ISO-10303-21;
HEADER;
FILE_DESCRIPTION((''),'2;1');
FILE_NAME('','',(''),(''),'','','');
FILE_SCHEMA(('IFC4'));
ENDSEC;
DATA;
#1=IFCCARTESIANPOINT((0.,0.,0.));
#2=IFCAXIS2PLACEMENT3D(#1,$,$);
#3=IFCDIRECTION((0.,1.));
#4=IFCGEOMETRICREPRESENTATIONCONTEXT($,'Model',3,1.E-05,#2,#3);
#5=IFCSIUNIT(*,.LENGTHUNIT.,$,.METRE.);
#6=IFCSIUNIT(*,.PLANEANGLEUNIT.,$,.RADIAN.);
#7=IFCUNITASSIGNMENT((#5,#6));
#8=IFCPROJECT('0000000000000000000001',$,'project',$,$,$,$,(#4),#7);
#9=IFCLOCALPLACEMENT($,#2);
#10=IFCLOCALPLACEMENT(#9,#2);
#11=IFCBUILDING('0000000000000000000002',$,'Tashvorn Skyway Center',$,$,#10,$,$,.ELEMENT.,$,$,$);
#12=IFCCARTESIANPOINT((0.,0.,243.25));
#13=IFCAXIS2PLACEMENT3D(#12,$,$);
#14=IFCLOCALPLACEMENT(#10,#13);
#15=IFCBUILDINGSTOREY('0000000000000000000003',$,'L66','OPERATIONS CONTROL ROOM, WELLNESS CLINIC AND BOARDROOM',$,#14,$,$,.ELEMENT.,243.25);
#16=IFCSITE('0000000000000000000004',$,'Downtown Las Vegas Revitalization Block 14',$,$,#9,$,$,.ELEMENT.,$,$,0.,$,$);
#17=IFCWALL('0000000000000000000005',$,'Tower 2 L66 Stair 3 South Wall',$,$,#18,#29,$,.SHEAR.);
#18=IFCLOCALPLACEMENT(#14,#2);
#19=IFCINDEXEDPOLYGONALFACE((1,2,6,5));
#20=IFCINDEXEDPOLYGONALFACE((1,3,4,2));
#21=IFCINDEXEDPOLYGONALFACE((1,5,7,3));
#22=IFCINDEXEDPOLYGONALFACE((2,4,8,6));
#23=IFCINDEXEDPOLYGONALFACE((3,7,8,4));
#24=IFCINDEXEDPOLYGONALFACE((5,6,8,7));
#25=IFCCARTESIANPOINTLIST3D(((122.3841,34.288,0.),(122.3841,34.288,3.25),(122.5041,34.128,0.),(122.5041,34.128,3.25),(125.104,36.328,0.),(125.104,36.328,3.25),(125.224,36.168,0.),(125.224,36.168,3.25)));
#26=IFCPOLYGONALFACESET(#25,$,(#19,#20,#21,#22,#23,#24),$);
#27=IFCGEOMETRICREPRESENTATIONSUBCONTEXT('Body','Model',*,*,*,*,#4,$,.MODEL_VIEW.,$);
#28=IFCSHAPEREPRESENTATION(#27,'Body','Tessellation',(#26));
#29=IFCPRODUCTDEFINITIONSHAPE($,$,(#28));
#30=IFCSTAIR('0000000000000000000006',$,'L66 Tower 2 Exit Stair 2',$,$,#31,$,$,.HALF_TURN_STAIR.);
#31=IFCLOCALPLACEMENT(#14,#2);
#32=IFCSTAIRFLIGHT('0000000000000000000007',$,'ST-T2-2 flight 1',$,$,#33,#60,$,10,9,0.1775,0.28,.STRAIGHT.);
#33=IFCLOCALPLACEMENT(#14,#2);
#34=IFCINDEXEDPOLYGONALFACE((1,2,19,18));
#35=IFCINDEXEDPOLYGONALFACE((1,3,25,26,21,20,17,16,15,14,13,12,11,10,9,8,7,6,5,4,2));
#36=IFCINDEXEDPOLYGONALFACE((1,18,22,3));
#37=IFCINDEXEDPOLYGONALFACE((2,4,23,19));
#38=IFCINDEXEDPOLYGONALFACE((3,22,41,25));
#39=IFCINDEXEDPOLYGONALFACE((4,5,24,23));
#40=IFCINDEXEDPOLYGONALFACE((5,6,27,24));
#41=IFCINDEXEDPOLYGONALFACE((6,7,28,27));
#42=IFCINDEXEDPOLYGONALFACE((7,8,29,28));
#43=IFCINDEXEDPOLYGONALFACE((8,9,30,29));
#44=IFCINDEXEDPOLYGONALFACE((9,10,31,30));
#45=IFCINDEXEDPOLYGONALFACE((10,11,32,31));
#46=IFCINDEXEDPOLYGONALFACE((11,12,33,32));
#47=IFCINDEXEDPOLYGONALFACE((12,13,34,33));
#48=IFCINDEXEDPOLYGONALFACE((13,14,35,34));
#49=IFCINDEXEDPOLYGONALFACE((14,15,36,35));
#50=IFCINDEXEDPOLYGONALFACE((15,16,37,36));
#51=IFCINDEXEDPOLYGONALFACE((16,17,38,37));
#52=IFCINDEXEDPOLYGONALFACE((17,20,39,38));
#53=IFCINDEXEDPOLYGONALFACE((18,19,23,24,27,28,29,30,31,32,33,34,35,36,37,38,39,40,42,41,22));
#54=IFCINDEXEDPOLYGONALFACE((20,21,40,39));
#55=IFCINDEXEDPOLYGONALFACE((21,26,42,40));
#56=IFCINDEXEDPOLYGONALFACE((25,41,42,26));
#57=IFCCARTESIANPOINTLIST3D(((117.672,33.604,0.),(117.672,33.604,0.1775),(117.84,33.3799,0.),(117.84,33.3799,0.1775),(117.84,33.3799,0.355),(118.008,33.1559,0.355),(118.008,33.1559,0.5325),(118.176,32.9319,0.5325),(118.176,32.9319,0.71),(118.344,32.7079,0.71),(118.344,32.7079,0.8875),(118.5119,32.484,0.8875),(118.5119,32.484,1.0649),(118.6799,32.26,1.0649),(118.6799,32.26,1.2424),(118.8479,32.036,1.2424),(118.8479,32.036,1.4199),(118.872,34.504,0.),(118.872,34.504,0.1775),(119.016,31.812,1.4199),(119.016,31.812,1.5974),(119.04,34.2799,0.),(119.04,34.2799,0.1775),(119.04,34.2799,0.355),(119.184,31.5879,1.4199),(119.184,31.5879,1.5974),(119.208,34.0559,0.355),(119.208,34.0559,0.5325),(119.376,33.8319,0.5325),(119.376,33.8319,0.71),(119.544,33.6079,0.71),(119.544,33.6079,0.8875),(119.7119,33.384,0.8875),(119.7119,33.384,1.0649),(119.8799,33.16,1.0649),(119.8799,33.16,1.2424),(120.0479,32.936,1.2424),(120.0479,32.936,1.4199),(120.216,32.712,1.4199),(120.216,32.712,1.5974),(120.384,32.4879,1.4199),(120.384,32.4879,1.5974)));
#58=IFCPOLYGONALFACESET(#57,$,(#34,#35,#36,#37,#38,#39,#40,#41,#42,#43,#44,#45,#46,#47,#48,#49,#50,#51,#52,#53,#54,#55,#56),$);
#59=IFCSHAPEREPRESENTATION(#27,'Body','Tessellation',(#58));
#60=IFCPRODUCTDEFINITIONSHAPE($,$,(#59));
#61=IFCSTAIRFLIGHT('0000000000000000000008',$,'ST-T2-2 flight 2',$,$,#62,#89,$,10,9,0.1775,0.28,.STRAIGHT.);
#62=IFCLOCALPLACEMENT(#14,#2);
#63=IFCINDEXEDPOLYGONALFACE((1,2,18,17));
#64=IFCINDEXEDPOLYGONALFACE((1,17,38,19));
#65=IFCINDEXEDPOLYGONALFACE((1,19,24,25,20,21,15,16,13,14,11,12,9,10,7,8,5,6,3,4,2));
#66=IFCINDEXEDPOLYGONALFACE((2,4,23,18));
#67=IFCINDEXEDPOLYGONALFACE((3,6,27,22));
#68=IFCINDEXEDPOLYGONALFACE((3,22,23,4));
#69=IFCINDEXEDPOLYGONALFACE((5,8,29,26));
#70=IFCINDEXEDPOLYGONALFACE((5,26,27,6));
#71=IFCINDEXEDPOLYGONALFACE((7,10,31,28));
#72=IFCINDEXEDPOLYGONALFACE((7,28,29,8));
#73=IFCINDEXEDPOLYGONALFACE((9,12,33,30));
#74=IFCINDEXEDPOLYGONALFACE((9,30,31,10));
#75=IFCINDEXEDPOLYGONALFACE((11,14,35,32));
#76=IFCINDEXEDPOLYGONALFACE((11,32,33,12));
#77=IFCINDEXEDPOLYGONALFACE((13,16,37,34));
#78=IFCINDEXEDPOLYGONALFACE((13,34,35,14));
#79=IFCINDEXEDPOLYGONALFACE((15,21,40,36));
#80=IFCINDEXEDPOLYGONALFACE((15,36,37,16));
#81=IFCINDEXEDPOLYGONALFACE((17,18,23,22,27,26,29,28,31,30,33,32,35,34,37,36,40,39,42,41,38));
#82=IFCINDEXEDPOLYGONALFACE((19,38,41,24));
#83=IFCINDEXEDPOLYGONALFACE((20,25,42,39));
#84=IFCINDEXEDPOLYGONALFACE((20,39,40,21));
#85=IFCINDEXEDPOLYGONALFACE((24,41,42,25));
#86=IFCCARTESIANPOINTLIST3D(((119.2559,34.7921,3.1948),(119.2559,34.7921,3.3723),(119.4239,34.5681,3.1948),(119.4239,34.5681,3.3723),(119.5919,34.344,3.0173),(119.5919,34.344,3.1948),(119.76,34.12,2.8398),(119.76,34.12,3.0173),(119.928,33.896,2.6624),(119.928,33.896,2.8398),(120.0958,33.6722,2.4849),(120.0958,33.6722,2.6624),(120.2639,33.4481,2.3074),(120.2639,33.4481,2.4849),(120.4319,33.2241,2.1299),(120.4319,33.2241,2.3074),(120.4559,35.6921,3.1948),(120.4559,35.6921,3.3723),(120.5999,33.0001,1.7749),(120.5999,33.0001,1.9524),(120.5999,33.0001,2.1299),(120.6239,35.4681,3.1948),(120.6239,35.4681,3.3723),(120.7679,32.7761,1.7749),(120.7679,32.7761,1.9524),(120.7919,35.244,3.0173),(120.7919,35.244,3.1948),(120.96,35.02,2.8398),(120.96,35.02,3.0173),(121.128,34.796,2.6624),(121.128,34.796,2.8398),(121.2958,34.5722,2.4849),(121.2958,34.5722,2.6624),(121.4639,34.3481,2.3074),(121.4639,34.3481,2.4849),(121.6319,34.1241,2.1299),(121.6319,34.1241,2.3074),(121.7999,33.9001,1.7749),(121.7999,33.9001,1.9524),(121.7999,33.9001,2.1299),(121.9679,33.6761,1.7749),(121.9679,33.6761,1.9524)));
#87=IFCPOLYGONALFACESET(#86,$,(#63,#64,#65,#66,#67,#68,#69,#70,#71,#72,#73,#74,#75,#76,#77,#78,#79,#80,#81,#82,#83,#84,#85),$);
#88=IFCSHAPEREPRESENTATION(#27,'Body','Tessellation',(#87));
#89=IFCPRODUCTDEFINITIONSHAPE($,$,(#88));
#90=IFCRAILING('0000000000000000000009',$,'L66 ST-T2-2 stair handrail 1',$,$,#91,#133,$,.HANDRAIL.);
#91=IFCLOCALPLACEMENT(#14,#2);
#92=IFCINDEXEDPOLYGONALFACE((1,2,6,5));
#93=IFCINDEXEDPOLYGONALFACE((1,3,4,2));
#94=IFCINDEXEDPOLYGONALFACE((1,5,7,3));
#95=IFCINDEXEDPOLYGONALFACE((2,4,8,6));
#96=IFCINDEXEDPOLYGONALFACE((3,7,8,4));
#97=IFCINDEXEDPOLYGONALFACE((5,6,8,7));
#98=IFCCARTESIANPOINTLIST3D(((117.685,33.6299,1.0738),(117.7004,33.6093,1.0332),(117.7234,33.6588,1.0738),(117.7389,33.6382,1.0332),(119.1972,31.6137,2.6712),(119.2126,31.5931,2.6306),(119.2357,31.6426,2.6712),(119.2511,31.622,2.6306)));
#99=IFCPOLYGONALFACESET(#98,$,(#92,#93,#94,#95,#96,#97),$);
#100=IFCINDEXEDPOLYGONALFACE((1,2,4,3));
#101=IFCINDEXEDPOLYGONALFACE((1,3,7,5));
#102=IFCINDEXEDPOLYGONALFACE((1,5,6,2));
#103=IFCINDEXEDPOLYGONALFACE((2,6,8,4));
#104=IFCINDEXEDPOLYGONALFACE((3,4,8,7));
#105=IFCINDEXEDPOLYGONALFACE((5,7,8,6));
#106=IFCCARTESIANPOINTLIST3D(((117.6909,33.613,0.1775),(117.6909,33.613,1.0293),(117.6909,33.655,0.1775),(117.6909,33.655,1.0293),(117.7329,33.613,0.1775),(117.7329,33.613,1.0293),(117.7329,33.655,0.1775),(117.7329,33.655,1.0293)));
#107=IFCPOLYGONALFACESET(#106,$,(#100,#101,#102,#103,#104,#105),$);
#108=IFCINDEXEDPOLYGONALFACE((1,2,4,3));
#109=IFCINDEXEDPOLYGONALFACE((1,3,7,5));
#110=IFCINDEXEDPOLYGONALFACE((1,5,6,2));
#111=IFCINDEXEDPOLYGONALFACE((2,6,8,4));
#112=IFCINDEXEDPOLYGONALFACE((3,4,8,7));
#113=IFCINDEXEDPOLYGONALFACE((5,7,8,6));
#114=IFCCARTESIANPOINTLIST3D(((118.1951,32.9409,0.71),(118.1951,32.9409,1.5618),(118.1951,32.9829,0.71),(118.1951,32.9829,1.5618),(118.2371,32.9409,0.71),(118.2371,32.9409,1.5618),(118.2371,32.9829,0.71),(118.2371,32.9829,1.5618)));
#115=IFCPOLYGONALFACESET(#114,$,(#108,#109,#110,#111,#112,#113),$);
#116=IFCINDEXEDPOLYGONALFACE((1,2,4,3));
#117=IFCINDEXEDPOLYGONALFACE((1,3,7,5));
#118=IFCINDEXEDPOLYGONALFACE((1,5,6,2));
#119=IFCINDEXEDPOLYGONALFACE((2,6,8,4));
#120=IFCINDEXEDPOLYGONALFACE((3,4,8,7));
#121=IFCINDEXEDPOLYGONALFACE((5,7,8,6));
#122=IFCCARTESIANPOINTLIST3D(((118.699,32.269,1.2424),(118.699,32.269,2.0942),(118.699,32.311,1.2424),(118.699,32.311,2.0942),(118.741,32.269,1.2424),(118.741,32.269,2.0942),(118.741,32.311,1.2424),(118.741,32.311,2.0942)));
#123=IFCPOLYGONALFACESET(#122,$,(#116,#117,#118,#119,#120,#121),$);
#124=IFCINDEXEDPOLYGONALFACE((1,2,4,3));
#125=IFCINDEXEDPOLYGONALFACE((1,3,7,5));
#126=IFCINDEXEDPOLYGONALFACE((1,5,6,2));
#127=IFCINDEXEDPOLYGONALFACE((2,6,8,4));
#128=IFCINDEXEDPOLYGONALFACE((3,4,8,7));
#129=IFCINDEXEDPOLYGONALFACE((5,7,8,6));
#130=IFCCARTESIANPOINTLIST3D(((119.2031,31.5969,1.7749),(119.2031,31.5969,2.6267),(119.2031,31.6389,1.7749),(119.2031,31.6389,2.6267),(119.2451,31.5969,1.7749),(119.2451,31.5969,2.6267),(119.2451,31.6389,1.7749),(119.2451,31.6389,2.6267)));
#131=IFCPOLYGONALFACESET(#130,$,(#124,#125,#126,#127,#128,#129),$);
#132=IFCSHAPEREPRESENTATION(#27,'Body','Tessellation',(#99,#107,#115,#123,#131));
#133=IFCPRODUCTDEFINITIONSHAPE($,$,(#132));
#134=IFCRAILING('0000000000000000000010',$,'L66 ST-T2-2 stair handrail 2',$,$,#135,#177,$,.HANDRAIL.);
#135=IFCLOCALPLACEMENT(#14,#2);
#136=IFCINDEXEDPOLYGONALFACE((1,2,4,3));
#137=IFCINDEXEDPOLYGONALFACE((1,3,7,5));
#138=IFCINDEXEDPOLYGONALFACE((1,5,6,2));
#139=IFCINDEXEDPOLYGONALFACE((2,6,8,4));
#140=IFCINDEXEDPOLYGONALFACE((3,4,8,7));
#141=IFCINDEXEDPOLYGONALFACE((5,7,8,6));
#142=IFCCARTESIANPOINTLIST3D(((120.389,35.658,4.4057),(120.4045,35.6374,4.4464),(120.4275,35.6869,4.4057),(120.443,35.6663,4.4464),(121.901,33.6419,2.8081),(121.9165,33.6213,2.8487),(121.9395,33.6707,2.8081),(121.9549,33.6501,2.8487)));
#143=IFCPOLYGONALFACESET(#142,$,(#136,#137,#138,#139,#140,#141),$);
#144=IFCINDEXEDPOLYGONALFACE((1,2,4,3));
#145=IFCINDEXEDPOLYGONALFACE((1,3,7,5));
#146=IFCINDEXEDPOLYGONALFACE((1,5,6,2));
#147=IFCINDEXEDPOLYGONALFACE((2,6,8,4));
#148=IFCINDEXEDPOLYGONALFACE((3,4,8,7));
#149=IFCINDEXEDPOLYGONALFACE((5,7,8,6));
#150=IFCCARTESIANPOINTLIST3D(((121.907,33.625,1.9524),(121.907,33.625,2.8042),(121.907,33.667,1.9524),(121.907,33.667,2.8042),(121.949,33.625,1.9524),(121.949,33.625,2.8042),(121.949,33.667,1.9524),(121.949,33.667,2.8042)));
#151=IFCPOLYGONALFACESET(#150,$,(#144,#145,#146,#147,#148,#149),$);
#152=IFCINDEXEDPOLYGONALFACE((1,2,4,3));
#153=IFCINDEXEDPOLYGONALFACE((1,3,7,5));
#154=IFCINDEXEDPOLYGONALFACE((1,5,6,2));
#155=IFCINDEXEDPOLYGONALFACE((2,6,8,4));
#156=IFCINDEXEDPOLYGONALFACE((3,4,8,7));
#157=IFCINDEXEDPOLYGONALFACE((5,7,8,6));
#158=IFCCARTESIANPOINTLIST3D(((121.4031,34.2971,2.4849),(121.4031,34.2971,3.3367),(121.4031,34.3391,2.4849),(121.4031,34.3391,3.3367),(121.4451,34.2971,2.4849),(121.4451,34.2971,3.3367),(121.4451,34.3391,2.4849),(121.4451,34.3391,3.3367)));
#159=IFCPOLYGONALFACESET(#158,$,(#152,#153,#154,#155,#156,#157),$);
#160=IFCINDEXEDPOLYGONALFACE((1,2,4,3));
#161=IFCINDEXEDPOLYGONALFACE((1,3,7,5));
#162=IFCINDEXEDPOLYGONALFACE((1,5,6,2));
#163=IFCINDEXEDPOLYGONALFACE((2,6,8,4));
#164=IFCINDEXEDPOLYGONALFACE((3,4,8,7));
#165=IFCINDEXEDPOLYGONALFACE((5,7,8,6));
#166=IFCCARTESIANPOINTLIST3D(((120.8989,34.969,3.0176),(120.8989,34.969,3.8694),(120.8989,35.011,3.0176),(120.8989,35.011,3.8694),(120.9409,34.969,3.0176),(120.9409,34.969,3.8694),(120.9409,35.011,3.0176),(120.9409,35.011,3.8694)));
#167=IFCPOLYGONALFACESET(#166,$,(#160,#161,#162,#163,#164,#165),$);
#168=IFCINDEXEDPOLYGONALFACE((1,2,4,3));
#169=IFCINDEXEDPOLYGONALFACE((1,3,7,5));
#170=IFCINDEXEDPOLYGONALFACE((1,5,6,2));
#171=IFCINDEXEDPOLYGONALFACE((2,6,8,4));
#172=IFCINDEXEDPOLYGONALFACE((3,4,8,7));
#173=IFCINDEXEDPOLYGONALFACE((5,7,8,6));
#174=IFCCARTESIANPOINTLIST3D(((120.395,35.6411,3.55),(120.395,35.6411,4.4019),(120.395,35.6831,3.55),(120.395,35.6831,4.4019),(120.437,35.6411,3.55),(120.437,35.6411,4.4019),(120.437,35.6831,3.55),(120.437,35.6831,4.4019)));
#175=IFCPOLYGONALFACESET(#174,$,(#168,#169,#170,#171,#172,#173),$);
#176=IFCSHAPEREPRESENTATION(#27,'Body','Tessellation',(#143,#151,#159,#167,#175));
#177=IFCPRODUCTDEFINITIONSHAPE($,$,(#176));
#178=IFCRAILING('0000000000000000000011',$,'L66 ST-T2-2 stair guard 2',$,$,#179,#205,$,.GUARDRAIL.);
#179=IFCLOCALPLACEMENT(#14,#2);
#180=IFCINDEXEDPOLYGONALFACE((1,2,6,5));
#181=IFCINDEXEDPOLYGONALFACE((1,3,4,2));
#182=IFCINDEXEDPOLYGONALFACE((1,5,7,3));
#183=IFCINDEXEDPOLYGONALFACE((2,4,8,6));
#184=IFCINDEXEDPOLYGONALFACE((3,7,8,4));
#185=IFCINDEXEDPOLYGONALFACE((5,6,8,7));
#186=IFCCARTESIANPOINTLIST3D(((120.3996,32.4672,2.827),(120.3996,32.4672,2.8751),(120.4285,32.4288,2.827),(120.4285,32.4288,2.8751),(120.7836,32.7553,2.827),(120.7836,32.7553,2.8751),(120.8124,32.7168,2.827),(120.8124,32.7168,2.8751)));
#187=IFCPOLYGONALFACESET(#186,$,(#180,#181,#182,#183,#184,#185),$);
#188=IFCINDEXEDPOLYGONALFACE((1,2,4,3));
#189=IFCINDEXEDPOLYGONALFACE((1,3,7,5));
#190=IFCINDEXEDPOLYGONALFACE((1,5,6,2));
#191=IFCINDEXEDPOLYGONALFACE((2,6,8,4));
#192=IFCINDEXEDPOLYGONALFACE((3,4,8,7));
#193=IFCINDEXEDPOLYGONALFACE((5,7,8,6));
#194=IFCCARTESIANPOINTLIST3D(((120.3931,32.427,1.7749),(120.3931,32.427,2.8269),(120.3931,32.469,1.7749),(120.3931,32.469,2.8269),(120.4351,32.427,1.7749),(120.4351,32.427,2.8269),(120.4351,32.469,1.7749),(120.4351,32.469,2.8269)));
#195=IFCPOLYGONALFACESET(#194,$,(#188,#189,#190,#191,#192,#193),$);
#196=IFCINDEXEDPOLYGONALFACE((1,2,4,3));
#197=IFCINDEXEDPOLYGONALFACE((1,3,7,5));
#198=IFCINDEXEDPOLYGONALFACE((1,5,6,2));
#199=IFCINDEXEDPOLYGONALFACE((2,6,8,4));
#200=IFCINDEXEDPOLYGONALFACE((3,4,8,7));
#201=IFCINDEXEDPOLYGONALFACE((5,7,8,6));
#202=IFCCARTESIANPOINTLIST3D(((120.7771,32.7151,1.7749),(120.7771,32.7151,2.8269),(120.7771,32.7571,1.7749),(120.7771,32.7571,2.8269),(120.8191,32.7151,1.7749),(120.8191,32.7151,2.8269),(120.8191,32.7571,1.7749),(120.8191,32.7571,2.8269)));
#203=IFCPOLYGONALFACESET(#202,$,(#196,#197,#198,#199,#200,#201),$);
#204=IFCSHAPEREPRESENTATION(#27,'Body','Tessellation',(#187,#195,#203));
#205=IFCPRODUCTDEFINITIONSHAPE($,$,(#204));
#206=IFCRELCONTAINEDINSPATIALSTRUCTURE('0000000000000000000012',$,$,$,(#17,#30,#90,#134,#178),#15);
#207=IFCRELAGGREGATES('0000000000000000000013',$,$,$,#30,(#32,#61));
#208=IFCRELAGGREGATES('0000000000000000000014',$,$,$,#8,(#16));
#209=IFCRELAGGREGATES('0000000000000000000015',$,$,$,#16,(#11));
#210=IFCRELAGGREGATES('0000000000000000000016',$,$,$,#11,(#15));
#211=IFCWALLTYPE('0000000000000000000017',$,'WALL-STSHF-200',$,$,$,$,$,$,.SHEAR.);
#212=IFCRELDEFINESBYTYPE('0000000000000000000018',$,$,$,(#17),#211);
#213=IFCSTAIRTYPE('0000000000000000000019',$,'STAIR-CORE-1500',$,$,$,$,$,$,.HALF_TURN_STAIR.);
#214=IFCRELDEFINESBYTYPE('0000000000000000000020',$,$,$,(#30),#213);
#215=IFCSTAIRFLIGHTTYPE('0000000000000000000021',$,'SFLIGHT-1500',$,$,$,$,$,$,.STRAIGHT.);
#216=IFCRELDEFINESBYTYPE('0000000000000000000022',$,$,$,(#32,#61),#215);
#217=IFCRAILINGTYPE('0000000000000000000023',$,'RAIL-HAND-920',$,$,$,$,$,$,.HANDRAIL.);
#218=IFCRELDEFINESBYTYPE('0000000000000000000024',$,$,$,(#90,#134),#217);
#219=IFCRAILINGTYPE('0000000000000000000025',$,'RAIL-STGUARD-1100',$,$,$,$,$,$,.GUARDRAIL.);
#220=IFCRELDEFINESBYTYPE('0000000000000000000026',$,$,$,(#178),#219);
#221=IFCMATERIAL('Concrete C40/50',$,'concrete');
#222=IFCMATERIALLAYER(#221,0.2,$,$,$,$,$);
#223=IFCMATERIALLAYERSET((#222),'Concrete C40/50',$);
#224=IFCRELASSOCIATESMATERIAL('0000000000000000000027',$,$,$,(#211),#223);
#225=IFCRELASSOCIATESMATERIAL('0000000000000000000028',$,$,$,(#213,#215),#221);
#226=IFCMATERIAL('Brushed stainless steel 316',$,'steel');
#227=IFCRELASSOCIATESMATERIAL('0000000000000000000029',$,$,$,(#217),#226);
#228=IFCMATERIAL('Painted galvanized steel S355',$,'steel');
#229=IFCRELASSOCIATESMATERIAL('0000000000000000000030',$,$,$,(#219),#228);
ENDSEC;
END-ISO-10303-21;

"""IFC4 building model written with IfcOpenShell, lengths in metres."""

from ifc_helpers import new_model, si_unit, direction, frame, frame_2d, origin, origin_2d, place, context, subcontext, project, spatial, polyline, rectangle, outline, extrude, material, layer, layer_set, type_object, element, aggregate, save


model = new_model("IFC4")

# Units and contexts
model_context = context("Model", 3, precision=1e-05, world=origin(), true_north=direction((0.0, 1.0)))
body_context = subcontext(model_context, "Body", "Model", "MODEL_VIEW")
ifc_project = project(units=[si_unit("LENGTHUNIT", "METRE"), si_unit("PLANEANGLEUNIT", "RADIAN")], contexts=[model_context])

# Site, building, storey
site_placement = place(None, origin())
site = spatial("IfcSite", under=ifc_project, at=site_placement, Name="Downtown Las Vegas Revitalization Block 14", CompositionType="ELEMENT", RefElevation=0.0)
building_placement = place(site_placement, origin())
building = spatial("IfcBuilding", under=site, at=building_placement, Name="Tashvorn Skyway Center", CompositionType="ELEMENT")
storey_placement = place(building_placement, frame((0.0, 0.0, 243.25)))
storey = spatial("IfcBuildingStorey", under=building, at=storey_placement, Name="L66", Description="OPERATIONS CONTROL ROOM, WELLNESS CLINIC AND BOARDROOM", CompositionType="ELEMENT", Elevation=243.25)

# Shared definitions
ifc_material_1 = material(Name="Concrete C40/50", Category="concrete")

# Wall
ifc_layer_1 = layer(ifc_material_1, 0.2)
ifc_layer_set_1 = layer_set([ifc_layer_1], Name="Concrete C40/50")
wall_type_1 = type_object("IfcWallType", Name="WALL-STSHF-200", PredefinedType="SHEAR", material=ifc_layer_set_1)
wall_1_placement = place(storey_placement, frame((122.4441, 34.208, 0.0), z_axis=(0.0, 0.0, 1.0), x_axis=(0.799991, 0.600011, 0.0)))
element("IfcWall", 1, at=wall_1_placement, inside=storey, type_object=wall_type_1, Name="Tower 2 L66 Stair 3 South Wall", PredefinedType="SHEAR", context=body_context, shape_type="SweptSolid", body=[
    extrude(rectangle(XDim=3.3999, YDim=0.2, at=frame_2d((1.7, 0.0))), origin(), (0.0, 0.0, 1.0), 3.25),
])

# Stair, stair flights
stair_type = type_object("IfcStairType", Name="STAIR-CORE-1500", PredefinedType="HALF_TURN_STAIR", material=ifc_material_1)
stair_placement = place(storey_placement, origin())
stair = element("IfcStair", 2, at=stair_placement, inside=storey, type_object=stair_type, Name="L66 Tower 2 Exit Stair 2", PredefinedType="HALF_TURN_STAIR")
stair_flight_type = type_object("IfcStairFlightType", Name="SFLIGHT-1500", PredefinedType="STRAIGHT", material=ifc_material_1)
stair_flight_1_placement = place(storey_placement, frame((118.272, 34.054, 0.0), z_axis=(0.0, 0.0, 1.0), x_axis=(0.6, -0.8, 0.0)))
stair_flight_1 = element("IfcStairFlight", 3, at=stair_flight_1_placement, type_object=stair_flight_type, Name="ST-T2-2 flight 1", NumberOfRisers=10, NumberOfTreads=9, PredefinedType="STRAIGHT", RiserHeight=0.1775, TreadLength=0.28, context=body_context, shape_type="SweptSolid", body=[
    extrude(outline(polyline([(0.0, 0.0), (0.0, 0.1775), (0.28, 0.1775), (0.28, 0.355), (0.5601, 0.355), (0.5601, 0.5325), (0.8401, 0.5325), (0.8401, 0.71), (1.1201, 0.71), (1.1201, 0.8875), (1.3999, 0.8875), (1.3999, 1.0649), (1.6799, 1.0649), (1.6799, 1.2424), (1.96, 1.2424), (1.96, 1.4199), (2.24, 1.4199), (2.24, 1.5974), (2.52, 1.5974), (2.52, 1.7749), (2.52, 1.4199), (0.28, 0.0), (0.0, 0.0)])), frame((0.0, 0.75, 0.0), z_axis=(0.0, -1.0, 0.0), x_axis=(1.0, 0.0, 0.0)), (0.0, 0.0, 1.0), 1.5),
])
stair_flight_2_placement = place(storey_placement, frame((121.3679, 33.2261, 1.7749), z_axis=(0.0, 0.0, 1.0), x_axis=(-0.6, 0.8, 0.0)))
stair_flight_2 = element("IfcStairFlight", 4, at=stair_flight_2_placement, type_object=stair_flight_type, Name="ST-T2-2 flight 2", NumberOfRisers=10, NumberOfTreads=9, PredefinedType="STRAIGHT", RiserHeight=0.1775, TreadLength=0.28, context=body_context, shape_type="SweptSolid", body=[
    extrude(outline(polyline([(0.0, 0.0), (0.0, 0.1775), (0.28, 0.1775), (0.28, 0.355), (0.5601, 0.355), (0.5601, 0.5325), (0.8401, 0.5325), (0.8401, 0.71), (1.1201, 0.71), (1.1201, 0.8875), (1.3999, 0.8875), (1.3999, 1.0649), (1.6799, 1.0649), (1.6799, 1.2424), (1.96, 1.2424), (1.96, 1.4199), (2.24, 1.4199), (2.24, 1.5974), (2.52, 1.5974), (2.52, 1.7749), (2.52, 1.4199), (0.28, 0.0), (0.0, 0.0)])), frame((0.0, 0.75, 0.0), z_axis=(0.0, -1.0, 0.0), x_axis=(1.0, 0.0, 0.0)), (0.0, 0.0, 1.0), 1.5),
])
aggregate(stair, [stair_flight_1, stair_flight_2])

# Railings
ifc_material_2 = material(Name="Brushed stainless steel 316", Category="steel")
railing_type_1 = type_object("IfcRailingType", Name="RAIL-HAND-920", PredefinedType="HANDRAIL", material=ifc_material_2)
railing_1_placement = place(storey_placement, frame((117.7119, 33.634, 0.1775)))
element("IfcRailing", 5, at=railing_1_placement, inside=storey, type_object=railing_type_1, Name="L66 ST-T2-2 stair handrail 1", PredefinedType="HANDRAIL", context=body_context, shape_type="SweptSolid", body=[
    extrude(rectangle(XDim=0.0481, YDim=0.0481, at=origin_2d()), frame((0.0, 0.0, 0.876), z_axis=(0.506802, -0.675681, 0.535357), x_axis=(0.799977, 0.600031, 0.0)), (0.0, 0.0, 1.0), 2.9839),
    extrude(rectangle(XDim=0.042, YDim=0.042, at=origin_2d()), origin(), (0.0, 0.0, 1.0), 0.8518),
    extrude(rectangle(XDim=0.042, YDim=0.042, at=origin_2d()), frame((0.5042, -0.6721, 0.5325)), (0.0, 0.0, 1.0), 0.8518),
    extrude(rectangle(XDim=0.042, YDim=0.042, at=origin_2d()), frame((1.0081, -1.344, 1.0649)), (0.0, 0.0, 1.0), 0.8518),
    extrude(rectangle(XDim=0.042, YDim=0.042, at=origin_2d()), frame((1.5122, -2.0161, 1.5974)), (0.0, 0.0, 1.0), 0.8518),
])
railing_2_placement = place(storey_placement, frame((121.928, 33.646, 1.9524)))
element("IfcRailing", 6, at=railing_2_placement, inside=storey, type_object=railing_type_1, Name="L66 ST-T2-2 stair handrail 2", PredefinedType="HANDRAIL", context=body_context, shape_type="SweptSolid", body=[
    extrude(rectangle(XDim=0.0481, YDim=0.0481, at=origin_2d()), frame((0.0, 0.0, 0.876), z_axis=(-0.506719, 0.675679, 0.535438), x_axis=(-0.800023, -0.599969, 0.0)), (0.0, 0.0, 1.0), 2.9839),
    extrude(rectangle(XDim=0.042, YDim=0.042, at=origin_2d()), origin(), (0.0, 0.0, 1.0), 0.8518),
    extrude(rectangle(XDim=0.042, YDim=0.042, at=origin_2d()), frame((-0.5039, 0.6721, 0.5325)), (0.0, 0.0, 1.0), 0.8518),
    extrude(rectangle(XDim=0.042, YDim=0.042, at=origin_2d()), frame((-1.0081, 1.344, 1.0652)), (0.0, 0.0, 1.0), 0.8518),
    extrude(rectangle(XDim=0.042, YDim=0.042, at=origin_2d()), frame((-1.512, 2.0161, 1.5977)), (0.0, 0.0, 1.0), 0.8518),
])
ifc_material_3 = material(Name="Painted galvanized steel S355", Category="steel")
railing_type_2 = type_object("IfcRailingType", Name="RAIL-STGUARD-1100", PredefinedType="GUARDRAIL", material=ifc_material_3)
railing_3_placement = place(storey_placement, frame((120.4141, 32.448, 1.7749)))
element("IfcRailing", 7, at=railing_3_placement, inside=storey, type_object=railing_type_2, Name="L66 ST-T2-2 stair guard 2", PredefinedType="GUARDRAIL", context=body_context, shape_type="SweptSolid", body=[
    extrude(rectangle(XDim=0.0481, YDim=0.0481, at=origin_2d()), frame((0.0, 0.0, 1.0762), z_axis=(0.799939, 0.600081, 0.0), x_axis=(-0.600081, 0.799939, 0.0)), (0.0, 0.0, 1.0), 0.48),
    extrude(rectangle(XDim=0.042, YDim=0.042, at=origin_2d()), origin(), (0.0, 0.0, 1.0), 1.052),
    extrude(rectangle(XDim=0.042, YDim=0.042, at=origin_2d()), frame((0.384, 0.2881, 0.0)), (0.0, 0.0, 1.0), 1.052),
])

save(model, "model.ifc")
